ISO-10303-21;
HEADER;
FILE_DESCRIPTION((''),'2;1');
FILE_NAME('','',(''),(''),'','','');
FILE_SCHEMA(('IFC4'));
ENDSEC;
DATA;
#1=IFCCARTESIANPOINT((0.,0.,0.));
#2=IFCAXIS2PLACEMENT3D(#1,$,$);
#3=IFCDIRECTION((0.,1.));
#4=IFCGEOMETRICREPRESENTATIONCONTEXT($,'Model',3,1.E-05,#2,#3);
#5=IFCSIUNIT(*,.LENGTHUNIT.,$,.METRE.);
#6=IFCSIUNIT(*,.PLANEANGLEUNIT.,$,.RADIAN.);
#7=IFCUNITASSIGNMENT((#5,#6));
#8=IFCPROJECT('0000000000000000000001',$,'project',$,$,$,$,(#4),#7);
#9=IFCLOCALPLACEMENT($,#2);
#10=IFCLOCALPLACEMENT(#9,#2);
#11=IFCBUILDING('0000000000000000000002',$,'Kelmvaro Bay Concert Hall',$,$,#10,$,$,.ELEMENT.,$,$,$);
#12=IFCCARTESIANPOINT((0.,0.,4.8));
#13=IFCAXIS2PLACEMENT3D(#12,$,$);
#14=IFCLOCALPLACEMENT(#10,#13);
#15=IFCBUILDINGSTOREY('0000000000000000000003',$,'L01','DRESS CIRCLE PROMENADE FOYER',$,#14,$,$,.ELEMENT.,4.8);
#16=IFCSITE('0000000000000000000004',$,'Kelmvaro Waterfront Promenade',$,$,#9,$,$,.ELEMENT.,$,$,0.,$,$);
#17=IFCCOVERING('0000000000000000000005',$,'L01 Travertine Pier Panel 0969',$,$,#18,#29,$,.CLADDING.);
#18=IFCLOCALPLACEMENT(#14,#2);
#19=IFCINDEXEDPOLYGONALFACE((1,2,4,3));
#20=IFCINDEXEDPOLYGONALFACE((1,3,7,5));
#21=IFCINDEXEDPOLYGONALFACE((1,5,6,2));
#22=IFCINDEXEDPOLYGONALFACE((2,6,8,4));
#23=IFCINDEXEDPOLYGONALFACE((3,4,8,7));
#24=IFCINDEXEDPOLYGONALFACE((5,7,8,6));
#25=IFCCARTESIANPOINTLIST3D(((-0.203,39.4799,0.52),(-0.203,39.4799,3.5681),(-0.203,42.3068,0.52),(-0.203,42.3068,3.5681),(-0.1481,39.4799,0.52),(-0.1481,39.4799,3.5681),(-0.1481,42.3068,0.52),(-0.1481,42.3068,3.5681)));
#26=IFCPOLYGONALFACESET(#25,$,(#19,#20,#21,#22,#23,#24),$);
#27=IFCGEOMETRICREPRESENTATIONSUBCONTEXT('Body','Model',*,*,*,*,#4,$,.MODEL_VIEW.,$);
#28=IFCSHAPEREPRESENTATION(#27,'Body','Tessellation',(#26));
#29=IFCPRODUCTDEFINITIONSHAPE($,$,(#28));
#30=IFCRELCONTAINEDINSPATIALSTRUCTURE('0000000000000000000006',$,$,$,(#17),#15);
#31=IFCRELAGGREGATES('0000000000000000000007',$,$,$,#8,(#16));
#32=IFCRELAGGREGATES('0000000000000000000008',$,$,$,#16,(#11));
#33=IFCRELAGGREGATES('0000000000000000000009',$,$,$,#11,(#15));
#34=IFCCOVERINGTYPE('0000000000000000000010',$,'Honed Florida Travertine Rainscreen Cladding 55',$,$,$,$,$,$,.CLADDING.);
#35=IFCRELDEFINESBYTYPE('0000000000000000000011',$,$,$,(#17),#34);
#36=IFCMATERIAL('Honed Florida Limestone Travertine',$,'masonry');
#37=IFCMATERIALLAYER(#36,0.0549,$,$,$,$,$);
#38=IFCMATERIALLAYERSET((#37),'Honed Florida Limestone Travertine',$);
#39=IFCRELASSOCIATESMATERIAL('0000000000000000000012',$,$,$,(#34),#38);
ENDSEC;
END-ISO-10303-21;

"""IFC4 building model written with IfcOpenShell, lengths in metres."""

from ifc_helpers import new_model, si_unit, direction, frame, origin, origin_2d, place, context, subcontext, project, spatial, rectangle, extrude, material, layer, layer_set, type_object, element, save


model = new_model("IFC4")

# Units and contexts
model_context = context("Model", 3, precision=1e-05, world=origin(), true_north=direction((0.0, 1.0)))
body_context = subcontext(model_context, "Body", "Model", "MODEL_VIEW")
ifc_project = project(units=[si_unit("LENGTHUNIT", "METRE"), si_unit("PLANEANGLEUNIT", "RADIAN")], contexts=[model_context])

# Site, building, storey
site_placement = place(None, origin())
site = spatial("IfcSite", under=ifc_project, at=site_placement, Name="Kelmvaro Waterfront Promenade", CompositionType="ELEMENT", RefElevation=0.0)
building_placement = place(site_placement, origin())
building = spatial("IfcBuilding", under=site, at=building_placement, Name="Kelmvaro Bay Concert Hall", CompositionType="ELEMENT")
storey_placement = place(building_placement, frame((0.0, 0.0, 4.8)))
storey = spatial("IfcBuildingStorey", under=building, at=storey_placement, Name="L01", Description="DRESS CIRCLE PROMENADE FOYER", CompositionType="ELEMENT", Elevation=4.8)

# Covering
ifc_material_1 = material(Name="Honed Florida Limestone Travertine", Category="masonry")
ifc_layer_1 = layer(ifc_material_1, 0.0549)
ifc_layer_set_1 = layer_set([ifc_layer_1], Name="Honed Florida Limestone Travertine")
covering_type_1 = type_object("IfcCoveringType", Name="Honed Florida Travertine Rainscreen Cladding 55", PredefinedType="CLADDING", material=ifc_layer_set_1)
covering_1_placement = place(storey_placement, frame((-0.1755, 40.8933, 0.52), z_axis=(0.0, 0.0, 1.0), x_axis=(0.0, 1.0, 0.0)))
element("IfcCovering", 1, at=covering_1_placement, inside=storey, type_object=covering_type_1, Name="L01 Travertine Pier Panel 0969", PredefinedType="CLADDING", context=body_context, shape_type="SweptSolid", body=[
    extrude(rectangle(XDim=2.8269, YDim=0.0549, at=origin_2d()), origin(), (0.0, 0.0, 1.0), 3.0481),
])

save(model, "model.ifc")
